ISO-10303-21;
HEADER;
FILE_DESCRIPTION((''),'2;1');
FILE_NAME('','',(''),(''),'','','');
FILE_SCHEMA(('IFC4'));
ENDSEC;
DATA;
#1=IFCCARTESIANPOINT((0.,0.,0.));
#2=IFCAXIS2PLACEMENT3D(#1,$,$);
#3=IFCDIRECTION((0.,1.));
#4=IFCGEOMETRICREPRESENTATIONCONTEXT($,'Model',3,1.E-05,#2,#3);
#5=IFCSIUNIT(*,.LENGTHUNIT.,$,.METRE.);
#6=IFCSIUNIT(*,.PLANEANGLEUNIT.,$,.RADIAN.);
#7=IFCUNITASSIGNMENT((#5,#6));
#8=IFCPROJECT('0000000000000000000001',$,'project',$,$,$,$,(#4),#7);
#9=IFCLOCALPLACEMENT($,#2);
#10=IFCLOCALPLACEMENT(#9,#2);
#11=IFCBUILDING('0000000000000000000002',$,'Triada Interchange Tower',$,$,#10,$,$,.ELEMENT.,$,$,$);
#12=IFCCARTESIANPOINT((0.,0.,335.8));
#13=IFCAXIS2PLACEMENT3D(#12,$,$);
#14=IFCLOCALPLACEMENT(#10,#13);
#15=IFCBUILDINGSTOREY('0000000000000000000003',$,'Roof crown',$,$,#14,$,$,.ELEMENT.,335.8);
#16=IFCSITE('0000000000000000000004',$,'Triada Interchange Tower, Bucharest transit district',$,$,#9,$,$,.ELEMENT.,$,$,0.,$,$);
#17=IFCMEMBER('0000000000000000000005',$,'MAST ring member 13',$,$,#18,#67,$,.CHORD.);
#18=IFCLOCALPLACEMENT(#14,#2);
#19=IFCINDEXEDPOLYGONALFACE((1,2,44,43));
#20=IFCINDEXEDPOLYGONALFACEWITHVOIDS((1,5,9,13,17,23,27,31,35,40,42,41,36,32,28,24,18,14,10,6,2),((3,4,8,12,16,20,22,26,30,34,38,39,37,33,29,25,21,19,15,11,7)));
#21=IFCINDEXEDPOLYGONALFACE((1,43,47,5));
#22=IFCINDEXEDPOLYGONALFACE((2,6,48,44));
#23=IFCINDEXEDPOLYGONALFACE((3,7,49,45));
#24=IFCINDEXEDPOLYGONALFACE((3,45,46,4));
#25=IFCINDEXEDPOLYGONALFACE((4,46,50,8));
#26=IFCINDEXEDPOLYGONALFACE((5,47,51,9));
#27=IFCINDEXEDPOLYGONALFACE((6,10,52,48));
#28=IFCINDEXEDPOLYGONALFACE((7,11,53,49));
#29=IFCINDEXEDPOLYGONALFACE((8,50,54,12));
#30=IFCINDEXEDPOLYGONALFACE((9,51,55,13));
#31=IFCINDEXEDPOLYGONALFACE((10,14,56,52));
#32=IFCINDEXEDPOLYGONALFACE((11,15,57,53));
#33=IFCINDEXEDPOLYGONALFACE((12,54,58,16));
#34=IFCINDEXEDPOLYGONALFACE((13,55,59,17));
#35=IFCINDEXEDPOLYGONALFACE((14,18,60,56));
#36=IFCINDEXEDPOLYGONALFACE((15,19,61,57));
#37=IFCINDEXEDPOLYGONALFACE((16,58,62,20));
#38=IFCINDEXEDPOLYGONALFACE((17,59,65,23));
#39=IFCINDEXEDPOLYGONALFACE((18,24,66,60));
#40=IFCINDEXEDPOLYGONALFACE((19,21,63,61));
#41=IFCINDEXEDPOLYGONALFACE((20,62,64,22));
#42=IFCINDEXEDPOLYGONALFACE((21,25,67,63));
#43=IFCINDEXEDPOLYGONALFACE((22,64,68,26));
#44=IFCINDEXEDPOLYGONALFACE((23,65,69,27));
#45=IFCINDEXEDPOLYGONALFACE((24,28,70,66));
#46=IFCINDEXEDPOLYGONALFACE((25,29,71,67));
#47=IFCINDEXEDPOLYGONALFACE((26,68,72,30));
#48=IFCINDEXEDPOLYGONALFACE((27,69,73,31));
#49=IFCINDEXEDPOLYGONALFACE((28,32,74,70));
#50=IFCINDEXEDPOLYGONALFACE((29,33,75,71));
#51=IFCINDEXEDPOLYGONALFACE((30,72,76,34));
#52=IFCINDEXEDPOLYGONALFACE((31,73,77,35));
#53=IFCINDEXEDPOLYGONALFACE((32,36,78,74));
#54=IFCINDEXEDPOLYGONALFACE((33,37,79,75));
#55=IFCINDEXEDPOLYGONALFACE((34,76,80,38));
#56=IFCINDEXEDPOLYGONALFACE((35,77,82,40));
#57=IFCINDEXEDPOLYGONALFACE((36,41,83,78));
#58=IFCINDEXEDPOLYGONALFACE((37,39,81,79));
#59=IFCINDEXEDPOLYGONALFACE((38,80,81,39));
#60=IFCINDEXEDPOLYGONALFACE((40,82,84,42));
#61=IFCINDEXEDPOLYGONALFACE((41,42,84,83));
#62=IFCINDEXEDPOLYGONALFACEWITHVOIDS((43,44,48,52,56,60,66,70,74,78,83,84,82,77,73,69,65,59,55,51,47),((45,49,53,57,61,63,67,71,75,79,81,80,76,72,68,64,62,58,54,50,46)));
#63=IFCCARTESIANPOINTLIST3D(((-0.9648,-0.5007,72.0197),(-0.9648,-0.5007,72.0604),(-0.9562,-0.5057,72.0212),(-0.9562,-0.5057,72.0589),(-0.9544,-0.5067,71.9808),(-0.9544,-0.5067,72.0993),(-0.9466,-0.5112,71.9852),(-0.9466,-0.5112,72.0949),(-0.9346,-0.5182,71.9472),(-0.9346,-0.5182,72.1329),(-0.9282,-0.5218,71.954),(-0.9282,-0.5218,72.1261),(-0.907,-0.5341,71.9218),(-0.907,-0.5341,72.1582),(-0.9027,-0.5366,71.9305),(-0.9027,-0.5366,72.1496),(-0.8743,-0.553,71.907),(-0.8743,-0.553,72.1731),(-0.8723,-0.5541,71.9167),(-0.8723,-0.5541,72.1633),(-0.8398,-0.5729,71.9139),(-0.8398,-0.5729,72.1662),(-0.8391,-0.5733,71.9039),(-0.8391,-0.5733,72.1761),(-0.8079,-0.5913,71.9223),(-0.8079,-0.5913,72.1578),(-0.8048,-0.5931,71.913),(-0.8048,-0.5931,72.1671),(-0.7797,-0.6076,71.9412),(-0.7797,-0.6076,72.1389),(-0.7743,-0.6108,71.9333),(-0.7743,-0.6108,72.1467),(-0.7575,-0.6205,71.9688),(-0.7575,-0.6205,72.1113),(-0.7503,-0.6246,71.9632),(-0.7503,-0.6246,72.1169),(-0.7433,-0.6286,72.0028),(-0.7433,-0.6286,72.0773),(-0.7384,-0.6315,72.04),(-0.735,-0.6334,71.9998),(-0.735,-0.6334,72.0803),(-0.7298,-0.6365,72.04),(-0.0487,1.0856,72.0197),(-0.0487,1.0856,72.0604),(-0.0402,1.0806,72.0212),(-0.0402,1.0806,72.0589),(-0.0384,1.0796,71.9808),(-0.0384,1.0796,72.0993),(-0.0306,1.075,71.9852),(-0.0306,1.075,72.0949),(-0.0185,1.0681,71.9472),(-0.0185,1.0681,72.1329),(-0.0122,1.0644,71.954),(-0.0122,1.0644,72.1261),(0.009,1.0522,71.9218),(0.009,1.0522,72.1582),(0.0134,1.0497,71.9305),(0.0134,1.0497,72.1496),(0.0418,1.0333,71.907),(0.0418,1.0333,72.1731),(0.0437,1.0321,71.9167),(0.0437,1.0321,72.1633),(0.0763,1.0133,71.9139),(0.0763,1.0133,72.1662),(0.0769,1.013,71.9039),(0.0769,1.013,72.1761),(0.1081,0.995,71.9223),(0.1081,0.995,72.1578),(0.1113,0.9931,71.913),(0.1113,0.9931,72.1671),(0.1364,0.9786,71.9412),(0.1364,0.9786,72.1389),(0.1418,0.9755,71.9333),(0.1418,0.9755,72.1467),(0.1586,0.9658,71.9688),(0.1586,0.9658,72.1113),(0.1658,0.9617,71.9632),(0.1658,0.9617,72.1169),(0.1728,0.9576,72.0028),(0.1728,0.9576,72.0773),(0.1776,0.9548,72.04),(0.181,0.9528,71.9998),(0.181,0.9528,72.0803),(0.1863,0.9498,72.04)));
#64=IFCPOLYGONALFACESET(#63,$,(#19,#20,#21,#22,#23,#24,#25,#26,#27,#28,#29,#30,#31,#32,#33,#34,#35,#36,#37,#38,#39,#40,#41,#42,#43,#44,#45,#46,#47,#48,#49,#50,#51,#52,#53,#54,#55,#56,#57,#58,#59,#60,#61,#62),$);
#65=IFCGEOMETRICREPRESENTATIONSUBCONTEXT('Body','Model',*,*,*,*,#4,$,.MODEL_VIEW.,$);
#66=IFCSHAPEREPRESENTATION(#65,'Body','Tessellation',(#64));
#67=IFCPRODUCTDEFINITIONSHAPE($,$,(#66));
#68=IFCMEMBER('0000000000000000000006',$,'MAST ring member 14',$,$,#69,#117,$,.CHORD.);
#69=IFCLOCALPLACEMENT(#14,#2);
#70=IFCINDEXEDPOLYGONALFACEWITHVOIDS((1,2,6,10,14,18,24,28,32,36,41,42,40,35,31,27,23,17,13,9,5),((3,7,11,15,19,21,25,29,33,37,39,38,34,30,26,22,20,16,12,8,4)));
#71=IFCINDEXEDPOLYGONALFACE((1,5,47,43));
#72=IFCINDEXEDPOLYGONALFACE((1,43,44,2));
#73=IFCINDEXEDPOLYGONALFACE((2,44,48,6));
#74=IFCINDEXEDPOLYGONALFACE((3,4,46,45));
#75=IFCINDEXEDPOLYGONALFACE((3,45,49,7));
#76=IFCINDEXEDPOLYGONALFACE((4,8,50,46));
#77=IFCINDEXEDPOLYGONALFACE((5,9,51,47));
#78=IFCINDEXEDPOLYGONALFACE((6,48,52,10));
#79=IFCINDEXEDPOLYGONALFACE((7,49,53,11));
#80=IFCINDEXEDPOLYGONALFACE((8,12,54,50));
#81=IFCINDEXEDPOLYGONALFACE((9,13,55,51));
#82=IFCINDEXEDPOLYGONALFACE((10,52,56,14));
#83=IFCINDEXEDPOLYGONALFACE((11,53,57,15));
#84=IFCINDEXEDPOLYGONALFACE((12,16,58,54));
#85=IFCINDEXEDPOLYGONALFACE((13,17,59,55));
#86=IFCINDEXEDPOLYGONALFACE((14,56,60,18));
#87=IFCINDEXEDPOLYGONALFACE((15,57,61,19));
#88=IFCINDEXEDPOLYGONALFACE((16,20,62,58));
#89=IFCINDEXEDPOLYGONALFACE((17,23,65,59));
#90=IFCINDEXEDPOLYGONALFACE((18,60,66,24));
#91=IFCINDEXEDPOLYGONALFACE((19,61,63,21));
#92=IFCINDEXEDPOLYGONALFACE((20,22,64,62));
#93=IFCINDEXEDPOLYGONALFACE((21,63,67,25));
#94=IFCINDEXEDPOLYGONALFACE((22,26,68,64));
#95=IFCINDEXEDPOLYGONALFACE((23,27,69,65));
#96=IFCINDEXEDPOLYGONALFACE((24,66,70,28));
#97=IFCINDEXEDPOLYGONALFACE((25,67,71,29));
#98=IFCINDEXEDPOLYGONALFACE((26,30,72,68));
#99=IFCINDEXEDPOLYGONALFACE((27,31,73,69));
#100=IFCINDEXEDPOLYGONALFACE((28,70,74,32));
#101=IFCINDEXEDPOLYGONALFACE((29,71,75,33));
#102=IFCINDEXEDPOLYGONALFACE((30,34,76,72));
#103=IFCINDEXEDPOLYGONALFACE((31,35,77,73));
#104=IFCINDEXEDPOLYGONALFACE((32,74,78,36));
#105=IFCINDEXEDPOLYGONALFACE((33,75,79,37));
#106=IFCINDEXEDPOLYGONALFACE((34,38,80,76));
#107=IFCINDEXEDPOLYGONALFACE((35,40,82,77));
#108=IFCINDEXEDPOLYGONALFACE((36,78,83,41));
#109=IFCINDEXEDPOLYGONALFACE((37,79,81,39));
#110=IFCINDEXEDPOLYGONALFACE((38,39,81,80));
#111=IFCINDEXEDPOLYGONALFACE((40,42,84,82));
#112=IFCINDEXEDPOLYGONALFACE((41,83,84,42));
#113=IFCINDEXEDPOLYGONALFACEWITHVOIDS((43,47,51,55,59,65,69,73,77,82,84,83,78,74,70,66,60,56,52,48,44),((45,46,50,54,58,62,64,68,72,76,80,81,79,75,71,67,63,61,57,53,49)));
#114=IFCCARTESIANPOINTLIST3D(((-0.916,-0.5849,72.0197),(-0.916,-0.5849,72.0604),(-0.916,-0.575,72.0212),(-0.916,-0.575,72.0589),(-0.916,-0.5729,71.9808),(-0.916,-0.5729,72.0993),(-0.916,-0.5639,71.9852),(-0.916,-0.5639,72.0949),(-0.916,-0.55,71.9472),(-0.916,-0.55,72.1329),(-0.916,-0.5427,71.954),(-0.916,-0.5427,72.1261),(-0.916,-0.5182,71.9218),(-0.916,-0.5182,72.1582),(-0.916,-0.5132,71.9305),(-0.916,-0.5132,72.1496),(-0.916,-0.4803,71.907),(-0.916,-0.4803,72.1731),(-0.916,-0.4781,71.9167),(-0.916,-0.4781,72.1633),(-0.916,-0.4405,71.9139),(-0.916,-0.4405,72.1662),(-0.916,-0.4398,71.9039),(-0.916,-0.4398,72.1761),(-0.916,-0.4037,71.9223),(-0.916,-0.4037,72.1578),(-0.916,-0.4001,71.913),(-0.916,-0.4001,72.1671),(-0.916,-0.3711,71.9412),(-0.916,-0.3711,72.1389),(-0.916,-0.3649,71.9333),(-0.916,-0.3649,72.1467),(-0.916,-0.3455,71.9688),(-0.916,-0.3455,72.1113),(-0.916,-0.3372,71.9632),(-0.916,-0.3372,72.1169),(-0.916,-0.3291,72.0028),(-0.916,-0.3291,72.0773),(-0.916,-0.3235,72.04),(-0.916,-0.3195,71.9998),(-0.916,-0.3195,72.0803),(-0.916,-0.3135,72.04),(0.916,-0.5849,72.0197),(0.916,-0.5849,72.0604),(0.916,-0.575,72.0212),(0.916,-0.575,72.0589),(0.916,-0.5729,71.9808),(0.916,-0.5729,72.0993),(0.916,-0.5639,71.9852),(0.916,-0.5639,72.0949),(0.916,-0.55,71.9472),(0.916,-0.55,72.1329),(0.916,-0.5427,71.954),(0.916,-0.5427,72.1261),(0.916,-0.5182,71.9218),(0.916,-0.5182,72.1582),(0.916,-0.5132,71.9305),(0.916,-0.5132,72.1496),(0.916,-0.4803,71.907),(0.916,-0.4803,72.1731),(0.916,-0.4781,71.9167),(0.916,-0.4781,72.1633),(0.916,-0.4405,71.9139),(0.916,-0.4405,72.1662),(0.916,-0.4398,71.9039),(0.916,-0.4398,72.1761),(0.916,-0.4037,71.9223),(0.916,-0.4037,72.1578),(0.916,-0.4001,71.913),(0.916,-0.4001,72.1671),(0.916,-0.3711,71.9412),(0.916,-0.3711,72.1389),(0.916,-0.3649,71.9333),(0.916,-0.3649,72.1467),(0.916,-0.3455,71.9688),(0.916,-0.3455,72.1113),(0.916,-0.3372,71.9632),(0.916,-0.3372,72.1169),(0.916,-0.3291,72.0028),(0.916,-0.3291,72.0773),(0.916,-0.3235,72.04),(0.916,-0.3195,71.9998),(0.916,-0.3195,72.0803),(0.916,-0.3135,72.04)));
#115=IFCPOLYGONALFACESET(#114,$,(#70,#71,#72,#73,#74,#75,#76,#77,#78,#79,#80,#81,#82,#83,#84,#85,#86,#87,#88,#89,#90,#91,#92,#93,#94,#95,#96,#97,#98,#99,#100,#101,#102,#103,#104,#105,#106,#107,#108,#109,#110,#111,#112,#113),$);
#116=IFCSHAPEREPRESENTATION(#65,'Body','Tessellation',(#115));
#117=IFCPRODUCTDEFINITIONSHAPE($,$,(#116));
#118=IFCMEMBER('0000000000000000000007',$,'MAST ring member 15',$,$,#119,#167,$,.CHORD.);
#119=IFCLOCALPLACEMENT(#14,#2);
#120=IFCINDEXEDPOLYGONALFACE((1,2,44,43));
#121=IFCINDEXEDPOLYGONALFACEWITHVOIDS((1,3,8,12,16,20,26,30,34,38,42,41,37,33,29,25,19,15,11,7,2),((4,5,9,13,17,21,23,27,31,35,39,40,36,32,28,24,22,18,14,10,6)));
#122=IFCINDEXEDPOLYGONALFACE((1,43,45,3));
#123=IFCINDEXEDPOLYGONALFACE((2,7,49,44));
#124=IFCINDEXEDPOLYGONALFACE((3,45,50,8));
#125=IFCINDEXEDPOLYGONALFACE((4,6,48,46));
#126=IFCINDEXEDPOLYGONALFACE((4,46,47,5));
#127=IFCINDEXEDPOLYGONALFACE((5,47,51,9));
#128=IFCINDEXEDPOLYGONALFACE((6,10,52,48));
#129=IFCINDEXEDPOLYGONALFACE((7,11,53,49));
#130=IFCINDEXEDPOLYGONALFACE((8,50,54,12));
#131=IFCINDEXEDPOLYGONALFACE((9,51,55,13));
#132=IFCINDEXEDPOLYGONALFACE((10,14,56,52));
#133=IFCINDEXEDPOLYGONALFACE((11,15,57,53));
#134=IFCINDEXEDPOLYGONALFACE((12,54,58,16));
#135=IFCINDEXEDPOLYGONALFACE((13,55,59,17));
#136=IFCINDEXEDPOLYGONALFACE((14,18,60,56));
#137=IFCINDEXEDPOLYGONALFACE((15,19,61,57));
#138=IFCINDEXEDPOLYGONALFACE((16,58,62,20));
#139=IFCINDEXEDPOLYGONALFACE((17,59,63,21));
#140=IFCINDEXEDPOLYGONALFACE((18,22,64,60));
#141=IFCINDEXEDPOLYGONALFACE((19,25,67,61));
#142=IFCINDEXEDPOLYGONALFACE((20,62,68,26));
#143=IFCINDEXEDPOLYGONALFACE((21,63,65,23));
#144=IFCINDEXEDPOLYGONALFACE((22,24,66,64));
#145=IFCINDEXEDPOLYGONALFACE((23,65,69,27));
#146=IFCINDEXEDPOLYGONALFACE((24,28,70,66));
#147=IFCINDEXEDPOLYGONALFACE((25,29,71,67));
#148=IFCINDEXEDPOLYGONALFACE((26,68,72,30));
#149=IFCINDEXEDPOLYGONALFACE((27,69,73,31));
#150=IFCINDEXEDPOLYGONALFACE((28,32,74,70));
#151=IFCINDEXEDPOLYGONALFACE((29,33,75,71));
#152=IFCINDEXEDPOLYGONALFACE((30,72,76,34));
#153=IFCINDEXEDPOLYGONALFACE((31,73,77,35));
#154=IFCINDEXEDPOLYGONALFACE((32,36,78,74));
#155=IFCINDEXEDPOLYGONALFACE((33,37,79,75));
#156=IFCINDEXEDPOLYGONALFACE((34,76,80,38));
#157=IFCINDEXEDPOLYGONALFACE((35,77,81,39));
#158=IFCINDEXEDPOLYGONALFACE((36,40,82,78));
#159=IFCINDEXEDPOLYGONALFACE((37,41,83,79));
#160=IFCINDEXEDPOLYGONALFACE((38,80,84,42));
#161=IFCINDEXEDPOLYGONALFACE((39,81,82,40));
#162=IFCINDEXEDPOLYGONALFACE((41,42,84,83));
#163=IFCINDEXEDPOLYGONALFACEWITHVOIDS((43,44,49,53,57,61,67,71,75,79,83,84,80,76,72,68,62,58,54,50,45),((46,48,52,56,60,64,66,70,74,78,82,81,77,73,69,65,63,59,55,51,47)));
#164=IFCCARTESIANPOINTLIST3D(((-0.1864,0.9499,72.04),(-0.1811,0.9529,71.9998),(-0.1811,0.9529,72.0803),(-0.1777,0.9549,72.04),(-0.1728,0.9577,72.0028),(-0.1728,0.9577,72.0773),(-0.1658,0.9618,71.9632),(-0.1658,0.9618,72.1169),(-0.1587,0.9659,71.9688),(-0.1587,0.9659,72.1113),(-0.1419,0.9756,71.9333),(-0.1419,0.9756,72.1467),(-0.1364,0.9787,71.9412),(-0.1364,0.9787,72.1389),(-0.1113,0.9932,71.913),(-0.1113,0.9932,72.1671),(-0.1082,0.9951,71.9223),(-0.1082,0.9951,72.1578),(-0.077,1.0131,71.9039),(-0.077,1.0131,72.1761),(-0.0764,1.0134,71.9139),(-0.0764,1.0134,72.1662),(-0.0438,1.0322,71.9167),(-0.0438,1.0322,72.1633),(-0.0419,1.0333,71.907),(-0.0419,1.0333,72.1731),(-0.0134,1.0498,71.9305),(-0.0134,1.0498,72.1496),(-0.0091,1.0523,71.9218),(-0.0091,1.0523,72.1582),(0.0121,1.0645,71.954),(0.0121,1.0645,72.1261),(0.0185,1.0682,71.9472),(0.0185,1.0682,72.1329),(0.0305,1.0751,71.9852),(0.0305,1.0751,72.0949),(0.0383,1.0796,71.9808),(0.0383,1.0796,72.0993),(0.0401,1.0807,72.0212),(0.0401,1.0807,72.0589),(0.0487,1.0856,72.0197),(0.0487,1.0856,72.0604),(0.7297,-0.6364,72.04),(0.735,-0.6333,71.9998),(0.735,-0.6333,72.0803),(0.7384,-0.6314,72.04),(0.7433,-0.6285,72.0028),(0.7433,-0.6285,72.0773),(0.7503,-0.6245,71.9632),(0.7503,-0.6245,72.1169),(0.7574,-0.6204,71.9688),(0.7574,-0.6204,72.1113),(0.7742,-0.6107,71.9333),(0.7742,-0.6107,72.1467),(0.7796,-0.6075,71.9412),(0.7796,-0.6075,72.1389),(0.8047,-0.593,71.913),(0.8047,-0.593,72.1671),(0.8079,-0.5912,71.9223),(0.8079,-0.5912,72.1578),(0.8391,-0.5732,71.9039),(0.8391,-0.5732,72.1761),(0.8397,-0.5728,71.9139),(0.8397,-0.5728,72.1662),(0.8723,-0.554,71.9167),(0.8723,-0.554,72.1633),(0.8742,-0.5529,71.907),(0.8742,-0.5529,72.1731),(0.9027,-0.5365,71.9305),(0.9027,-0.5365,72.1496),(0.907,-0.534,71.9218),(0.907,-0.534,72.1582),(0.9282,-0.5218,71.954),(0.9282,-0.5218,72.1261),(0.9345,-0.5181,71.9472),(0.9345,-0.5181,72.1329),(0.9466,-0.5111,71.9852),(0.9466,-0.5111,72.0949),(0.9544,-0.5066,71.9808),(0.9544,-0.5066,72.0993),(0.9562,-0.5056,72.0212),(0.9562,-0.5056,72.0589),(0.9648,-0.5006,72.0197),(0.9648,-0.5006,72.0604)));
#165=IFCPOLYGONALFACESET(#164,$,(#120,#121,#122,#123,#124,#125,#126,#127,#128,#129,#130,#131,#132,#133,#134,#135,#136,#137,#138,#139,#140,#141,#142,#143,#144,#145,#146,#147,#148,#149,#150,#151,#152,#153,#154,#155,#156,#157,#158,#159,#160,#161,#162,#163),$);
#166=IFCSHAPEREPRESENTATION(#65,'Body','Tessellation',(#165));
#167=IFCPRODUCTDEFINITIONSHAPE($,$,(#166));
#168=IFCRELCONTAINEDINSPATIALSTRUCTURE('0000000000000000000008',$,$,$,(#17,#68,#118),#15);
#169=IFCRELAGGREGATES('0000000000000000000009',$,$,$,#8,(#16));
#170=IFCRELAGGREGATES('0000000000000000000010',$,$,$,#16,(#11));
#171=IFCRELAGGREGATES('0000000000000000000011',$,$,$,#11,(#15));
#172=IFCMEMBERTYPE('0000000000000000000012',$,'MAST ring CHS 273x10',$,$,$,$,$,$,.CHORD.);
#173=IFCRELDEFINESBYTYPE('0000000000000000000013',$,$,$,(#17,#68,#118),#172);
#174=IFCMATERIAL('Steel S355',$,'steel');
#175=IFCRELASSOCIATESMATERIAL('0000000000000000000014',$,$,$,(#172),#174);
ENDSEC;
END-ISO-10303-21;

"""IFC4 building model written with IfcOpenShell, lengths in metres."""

from ifc_helpers import new_model, si_unit, direction, frame, origin, origin_2d, place, context, subcontext, project, spatial, hollow_circle, extrude, material, material_profile, profile_set, type_object, element, save


model = new_model("IFC4")

# Units and contexts
model_context = context("Model", 3, precision=1e-05, world=origin(), true_north=direction((0.0, 1.0)))
body_context = subcontext(model_context, "Body", "Model", "MODEL_VIEW")
ifc_project = project(units=[si_unit("LENGTHUNIT", "METRE"), si_unit("PLANEANGLEUNIT", "RADIAN")], contexts=[model_context])

# Site, building, storey
site_placement = place(None, origin())
site = spatial("IfcSite", under=ifc_project, at=site_placement, Name="Triada Interchange Tower, Bucharest transit district", CompositionType="ELEMENT", RefElevation=0.0)
building_placement = place(site_placement, origin())
building = spatial("IfcBuilding", under=site, at=building_placement, Name="Triada Interchange Tower", CompositionType="ELEMENT")
storey_placement = place(building_placement, frame((0.0, 0.0, 335.8)))
storey = spatial("IfcBuildingStorey", under=building, at=storey_placement, Name="Roof crown", CompositionType="ELEMENT", Elevation=335.8)

# Members
ifc_material = material(Name="Steel S355", Category="steel")
ifc_material_profile_1 = material_profile(ifc_material, hollow_circle(Radius=0.1365, WallThickness=0.01, at=origin_2d()), Name="CHS 273x10")
ifc_profile_set_1 = profile_set([ifc_material_profile_1], Name="Steel S355")
member_type_1 = type_object("IfcMemberType", Name="MAST ring CHS 273x10", PredefinedType="CHORD", material=ifc_profile_set_1)
member_1_placement = place(storey_placement, frame((0.0681, 1.0181, 72.04), z_axis=(-0.500095, -0.86597, 0.0), x_axis=(0.86597, -0.500095, 0.0)))
element("IfcMember", 1, at=member_1_placement, inside=storey, type_object=member_type_1, Name="MAST ring member 13", PredefinedType="CHORD", context=body_context, shape_type="SweptSolid", body=[
    extrude(hollow_circle(Radius=0.1365, WallThickness=0.01, at=origin_2d()), origin(), (0.0, 0.0, 1.0), 1.8318),
])
member_2_placement = place(storey_placement, frame((-0.916, -0.45, 72.04), z_axis=(1.0, 0.0, 0.0), x_axis=(0.0, 1.0, 0.0)))
element("IfcMember", 2, at=member_2_placement, inside=storey, type_object=member_type_1, Name="MAST ring member 14", PredefinedType="CHORD", context=body_context, shape_type="SweptSolid", body=[
    extrude(hollow_circle(Radius=0.1365, WallThickness=0.01, at=origin_2d()), origin(), (0.0, 0.0, 1.0), 1.832),
])
member_3_placement = place(storey_placement, frame((0.8479, -0.5681, 72.04), z_axis=(-0.500095, 0.86597, 0.0), x_axis=(-0.86597, -0.500095, 0.0)))
element("IfcMember", 3, at=member_3_placement, inside=storey, type_object=member_type_1, Name="MAST ring member 15", PredefinedType="CHORD", context=body_context, shape_type="SweptSolid", body=[
    extrude(hollow_circle(Radius=0.1365, WallThickness=0.01, at=origin_2d()), origin(), (0.0, 0.0, 1.0), 1.8318),
])

save(model, "model.ifc")
